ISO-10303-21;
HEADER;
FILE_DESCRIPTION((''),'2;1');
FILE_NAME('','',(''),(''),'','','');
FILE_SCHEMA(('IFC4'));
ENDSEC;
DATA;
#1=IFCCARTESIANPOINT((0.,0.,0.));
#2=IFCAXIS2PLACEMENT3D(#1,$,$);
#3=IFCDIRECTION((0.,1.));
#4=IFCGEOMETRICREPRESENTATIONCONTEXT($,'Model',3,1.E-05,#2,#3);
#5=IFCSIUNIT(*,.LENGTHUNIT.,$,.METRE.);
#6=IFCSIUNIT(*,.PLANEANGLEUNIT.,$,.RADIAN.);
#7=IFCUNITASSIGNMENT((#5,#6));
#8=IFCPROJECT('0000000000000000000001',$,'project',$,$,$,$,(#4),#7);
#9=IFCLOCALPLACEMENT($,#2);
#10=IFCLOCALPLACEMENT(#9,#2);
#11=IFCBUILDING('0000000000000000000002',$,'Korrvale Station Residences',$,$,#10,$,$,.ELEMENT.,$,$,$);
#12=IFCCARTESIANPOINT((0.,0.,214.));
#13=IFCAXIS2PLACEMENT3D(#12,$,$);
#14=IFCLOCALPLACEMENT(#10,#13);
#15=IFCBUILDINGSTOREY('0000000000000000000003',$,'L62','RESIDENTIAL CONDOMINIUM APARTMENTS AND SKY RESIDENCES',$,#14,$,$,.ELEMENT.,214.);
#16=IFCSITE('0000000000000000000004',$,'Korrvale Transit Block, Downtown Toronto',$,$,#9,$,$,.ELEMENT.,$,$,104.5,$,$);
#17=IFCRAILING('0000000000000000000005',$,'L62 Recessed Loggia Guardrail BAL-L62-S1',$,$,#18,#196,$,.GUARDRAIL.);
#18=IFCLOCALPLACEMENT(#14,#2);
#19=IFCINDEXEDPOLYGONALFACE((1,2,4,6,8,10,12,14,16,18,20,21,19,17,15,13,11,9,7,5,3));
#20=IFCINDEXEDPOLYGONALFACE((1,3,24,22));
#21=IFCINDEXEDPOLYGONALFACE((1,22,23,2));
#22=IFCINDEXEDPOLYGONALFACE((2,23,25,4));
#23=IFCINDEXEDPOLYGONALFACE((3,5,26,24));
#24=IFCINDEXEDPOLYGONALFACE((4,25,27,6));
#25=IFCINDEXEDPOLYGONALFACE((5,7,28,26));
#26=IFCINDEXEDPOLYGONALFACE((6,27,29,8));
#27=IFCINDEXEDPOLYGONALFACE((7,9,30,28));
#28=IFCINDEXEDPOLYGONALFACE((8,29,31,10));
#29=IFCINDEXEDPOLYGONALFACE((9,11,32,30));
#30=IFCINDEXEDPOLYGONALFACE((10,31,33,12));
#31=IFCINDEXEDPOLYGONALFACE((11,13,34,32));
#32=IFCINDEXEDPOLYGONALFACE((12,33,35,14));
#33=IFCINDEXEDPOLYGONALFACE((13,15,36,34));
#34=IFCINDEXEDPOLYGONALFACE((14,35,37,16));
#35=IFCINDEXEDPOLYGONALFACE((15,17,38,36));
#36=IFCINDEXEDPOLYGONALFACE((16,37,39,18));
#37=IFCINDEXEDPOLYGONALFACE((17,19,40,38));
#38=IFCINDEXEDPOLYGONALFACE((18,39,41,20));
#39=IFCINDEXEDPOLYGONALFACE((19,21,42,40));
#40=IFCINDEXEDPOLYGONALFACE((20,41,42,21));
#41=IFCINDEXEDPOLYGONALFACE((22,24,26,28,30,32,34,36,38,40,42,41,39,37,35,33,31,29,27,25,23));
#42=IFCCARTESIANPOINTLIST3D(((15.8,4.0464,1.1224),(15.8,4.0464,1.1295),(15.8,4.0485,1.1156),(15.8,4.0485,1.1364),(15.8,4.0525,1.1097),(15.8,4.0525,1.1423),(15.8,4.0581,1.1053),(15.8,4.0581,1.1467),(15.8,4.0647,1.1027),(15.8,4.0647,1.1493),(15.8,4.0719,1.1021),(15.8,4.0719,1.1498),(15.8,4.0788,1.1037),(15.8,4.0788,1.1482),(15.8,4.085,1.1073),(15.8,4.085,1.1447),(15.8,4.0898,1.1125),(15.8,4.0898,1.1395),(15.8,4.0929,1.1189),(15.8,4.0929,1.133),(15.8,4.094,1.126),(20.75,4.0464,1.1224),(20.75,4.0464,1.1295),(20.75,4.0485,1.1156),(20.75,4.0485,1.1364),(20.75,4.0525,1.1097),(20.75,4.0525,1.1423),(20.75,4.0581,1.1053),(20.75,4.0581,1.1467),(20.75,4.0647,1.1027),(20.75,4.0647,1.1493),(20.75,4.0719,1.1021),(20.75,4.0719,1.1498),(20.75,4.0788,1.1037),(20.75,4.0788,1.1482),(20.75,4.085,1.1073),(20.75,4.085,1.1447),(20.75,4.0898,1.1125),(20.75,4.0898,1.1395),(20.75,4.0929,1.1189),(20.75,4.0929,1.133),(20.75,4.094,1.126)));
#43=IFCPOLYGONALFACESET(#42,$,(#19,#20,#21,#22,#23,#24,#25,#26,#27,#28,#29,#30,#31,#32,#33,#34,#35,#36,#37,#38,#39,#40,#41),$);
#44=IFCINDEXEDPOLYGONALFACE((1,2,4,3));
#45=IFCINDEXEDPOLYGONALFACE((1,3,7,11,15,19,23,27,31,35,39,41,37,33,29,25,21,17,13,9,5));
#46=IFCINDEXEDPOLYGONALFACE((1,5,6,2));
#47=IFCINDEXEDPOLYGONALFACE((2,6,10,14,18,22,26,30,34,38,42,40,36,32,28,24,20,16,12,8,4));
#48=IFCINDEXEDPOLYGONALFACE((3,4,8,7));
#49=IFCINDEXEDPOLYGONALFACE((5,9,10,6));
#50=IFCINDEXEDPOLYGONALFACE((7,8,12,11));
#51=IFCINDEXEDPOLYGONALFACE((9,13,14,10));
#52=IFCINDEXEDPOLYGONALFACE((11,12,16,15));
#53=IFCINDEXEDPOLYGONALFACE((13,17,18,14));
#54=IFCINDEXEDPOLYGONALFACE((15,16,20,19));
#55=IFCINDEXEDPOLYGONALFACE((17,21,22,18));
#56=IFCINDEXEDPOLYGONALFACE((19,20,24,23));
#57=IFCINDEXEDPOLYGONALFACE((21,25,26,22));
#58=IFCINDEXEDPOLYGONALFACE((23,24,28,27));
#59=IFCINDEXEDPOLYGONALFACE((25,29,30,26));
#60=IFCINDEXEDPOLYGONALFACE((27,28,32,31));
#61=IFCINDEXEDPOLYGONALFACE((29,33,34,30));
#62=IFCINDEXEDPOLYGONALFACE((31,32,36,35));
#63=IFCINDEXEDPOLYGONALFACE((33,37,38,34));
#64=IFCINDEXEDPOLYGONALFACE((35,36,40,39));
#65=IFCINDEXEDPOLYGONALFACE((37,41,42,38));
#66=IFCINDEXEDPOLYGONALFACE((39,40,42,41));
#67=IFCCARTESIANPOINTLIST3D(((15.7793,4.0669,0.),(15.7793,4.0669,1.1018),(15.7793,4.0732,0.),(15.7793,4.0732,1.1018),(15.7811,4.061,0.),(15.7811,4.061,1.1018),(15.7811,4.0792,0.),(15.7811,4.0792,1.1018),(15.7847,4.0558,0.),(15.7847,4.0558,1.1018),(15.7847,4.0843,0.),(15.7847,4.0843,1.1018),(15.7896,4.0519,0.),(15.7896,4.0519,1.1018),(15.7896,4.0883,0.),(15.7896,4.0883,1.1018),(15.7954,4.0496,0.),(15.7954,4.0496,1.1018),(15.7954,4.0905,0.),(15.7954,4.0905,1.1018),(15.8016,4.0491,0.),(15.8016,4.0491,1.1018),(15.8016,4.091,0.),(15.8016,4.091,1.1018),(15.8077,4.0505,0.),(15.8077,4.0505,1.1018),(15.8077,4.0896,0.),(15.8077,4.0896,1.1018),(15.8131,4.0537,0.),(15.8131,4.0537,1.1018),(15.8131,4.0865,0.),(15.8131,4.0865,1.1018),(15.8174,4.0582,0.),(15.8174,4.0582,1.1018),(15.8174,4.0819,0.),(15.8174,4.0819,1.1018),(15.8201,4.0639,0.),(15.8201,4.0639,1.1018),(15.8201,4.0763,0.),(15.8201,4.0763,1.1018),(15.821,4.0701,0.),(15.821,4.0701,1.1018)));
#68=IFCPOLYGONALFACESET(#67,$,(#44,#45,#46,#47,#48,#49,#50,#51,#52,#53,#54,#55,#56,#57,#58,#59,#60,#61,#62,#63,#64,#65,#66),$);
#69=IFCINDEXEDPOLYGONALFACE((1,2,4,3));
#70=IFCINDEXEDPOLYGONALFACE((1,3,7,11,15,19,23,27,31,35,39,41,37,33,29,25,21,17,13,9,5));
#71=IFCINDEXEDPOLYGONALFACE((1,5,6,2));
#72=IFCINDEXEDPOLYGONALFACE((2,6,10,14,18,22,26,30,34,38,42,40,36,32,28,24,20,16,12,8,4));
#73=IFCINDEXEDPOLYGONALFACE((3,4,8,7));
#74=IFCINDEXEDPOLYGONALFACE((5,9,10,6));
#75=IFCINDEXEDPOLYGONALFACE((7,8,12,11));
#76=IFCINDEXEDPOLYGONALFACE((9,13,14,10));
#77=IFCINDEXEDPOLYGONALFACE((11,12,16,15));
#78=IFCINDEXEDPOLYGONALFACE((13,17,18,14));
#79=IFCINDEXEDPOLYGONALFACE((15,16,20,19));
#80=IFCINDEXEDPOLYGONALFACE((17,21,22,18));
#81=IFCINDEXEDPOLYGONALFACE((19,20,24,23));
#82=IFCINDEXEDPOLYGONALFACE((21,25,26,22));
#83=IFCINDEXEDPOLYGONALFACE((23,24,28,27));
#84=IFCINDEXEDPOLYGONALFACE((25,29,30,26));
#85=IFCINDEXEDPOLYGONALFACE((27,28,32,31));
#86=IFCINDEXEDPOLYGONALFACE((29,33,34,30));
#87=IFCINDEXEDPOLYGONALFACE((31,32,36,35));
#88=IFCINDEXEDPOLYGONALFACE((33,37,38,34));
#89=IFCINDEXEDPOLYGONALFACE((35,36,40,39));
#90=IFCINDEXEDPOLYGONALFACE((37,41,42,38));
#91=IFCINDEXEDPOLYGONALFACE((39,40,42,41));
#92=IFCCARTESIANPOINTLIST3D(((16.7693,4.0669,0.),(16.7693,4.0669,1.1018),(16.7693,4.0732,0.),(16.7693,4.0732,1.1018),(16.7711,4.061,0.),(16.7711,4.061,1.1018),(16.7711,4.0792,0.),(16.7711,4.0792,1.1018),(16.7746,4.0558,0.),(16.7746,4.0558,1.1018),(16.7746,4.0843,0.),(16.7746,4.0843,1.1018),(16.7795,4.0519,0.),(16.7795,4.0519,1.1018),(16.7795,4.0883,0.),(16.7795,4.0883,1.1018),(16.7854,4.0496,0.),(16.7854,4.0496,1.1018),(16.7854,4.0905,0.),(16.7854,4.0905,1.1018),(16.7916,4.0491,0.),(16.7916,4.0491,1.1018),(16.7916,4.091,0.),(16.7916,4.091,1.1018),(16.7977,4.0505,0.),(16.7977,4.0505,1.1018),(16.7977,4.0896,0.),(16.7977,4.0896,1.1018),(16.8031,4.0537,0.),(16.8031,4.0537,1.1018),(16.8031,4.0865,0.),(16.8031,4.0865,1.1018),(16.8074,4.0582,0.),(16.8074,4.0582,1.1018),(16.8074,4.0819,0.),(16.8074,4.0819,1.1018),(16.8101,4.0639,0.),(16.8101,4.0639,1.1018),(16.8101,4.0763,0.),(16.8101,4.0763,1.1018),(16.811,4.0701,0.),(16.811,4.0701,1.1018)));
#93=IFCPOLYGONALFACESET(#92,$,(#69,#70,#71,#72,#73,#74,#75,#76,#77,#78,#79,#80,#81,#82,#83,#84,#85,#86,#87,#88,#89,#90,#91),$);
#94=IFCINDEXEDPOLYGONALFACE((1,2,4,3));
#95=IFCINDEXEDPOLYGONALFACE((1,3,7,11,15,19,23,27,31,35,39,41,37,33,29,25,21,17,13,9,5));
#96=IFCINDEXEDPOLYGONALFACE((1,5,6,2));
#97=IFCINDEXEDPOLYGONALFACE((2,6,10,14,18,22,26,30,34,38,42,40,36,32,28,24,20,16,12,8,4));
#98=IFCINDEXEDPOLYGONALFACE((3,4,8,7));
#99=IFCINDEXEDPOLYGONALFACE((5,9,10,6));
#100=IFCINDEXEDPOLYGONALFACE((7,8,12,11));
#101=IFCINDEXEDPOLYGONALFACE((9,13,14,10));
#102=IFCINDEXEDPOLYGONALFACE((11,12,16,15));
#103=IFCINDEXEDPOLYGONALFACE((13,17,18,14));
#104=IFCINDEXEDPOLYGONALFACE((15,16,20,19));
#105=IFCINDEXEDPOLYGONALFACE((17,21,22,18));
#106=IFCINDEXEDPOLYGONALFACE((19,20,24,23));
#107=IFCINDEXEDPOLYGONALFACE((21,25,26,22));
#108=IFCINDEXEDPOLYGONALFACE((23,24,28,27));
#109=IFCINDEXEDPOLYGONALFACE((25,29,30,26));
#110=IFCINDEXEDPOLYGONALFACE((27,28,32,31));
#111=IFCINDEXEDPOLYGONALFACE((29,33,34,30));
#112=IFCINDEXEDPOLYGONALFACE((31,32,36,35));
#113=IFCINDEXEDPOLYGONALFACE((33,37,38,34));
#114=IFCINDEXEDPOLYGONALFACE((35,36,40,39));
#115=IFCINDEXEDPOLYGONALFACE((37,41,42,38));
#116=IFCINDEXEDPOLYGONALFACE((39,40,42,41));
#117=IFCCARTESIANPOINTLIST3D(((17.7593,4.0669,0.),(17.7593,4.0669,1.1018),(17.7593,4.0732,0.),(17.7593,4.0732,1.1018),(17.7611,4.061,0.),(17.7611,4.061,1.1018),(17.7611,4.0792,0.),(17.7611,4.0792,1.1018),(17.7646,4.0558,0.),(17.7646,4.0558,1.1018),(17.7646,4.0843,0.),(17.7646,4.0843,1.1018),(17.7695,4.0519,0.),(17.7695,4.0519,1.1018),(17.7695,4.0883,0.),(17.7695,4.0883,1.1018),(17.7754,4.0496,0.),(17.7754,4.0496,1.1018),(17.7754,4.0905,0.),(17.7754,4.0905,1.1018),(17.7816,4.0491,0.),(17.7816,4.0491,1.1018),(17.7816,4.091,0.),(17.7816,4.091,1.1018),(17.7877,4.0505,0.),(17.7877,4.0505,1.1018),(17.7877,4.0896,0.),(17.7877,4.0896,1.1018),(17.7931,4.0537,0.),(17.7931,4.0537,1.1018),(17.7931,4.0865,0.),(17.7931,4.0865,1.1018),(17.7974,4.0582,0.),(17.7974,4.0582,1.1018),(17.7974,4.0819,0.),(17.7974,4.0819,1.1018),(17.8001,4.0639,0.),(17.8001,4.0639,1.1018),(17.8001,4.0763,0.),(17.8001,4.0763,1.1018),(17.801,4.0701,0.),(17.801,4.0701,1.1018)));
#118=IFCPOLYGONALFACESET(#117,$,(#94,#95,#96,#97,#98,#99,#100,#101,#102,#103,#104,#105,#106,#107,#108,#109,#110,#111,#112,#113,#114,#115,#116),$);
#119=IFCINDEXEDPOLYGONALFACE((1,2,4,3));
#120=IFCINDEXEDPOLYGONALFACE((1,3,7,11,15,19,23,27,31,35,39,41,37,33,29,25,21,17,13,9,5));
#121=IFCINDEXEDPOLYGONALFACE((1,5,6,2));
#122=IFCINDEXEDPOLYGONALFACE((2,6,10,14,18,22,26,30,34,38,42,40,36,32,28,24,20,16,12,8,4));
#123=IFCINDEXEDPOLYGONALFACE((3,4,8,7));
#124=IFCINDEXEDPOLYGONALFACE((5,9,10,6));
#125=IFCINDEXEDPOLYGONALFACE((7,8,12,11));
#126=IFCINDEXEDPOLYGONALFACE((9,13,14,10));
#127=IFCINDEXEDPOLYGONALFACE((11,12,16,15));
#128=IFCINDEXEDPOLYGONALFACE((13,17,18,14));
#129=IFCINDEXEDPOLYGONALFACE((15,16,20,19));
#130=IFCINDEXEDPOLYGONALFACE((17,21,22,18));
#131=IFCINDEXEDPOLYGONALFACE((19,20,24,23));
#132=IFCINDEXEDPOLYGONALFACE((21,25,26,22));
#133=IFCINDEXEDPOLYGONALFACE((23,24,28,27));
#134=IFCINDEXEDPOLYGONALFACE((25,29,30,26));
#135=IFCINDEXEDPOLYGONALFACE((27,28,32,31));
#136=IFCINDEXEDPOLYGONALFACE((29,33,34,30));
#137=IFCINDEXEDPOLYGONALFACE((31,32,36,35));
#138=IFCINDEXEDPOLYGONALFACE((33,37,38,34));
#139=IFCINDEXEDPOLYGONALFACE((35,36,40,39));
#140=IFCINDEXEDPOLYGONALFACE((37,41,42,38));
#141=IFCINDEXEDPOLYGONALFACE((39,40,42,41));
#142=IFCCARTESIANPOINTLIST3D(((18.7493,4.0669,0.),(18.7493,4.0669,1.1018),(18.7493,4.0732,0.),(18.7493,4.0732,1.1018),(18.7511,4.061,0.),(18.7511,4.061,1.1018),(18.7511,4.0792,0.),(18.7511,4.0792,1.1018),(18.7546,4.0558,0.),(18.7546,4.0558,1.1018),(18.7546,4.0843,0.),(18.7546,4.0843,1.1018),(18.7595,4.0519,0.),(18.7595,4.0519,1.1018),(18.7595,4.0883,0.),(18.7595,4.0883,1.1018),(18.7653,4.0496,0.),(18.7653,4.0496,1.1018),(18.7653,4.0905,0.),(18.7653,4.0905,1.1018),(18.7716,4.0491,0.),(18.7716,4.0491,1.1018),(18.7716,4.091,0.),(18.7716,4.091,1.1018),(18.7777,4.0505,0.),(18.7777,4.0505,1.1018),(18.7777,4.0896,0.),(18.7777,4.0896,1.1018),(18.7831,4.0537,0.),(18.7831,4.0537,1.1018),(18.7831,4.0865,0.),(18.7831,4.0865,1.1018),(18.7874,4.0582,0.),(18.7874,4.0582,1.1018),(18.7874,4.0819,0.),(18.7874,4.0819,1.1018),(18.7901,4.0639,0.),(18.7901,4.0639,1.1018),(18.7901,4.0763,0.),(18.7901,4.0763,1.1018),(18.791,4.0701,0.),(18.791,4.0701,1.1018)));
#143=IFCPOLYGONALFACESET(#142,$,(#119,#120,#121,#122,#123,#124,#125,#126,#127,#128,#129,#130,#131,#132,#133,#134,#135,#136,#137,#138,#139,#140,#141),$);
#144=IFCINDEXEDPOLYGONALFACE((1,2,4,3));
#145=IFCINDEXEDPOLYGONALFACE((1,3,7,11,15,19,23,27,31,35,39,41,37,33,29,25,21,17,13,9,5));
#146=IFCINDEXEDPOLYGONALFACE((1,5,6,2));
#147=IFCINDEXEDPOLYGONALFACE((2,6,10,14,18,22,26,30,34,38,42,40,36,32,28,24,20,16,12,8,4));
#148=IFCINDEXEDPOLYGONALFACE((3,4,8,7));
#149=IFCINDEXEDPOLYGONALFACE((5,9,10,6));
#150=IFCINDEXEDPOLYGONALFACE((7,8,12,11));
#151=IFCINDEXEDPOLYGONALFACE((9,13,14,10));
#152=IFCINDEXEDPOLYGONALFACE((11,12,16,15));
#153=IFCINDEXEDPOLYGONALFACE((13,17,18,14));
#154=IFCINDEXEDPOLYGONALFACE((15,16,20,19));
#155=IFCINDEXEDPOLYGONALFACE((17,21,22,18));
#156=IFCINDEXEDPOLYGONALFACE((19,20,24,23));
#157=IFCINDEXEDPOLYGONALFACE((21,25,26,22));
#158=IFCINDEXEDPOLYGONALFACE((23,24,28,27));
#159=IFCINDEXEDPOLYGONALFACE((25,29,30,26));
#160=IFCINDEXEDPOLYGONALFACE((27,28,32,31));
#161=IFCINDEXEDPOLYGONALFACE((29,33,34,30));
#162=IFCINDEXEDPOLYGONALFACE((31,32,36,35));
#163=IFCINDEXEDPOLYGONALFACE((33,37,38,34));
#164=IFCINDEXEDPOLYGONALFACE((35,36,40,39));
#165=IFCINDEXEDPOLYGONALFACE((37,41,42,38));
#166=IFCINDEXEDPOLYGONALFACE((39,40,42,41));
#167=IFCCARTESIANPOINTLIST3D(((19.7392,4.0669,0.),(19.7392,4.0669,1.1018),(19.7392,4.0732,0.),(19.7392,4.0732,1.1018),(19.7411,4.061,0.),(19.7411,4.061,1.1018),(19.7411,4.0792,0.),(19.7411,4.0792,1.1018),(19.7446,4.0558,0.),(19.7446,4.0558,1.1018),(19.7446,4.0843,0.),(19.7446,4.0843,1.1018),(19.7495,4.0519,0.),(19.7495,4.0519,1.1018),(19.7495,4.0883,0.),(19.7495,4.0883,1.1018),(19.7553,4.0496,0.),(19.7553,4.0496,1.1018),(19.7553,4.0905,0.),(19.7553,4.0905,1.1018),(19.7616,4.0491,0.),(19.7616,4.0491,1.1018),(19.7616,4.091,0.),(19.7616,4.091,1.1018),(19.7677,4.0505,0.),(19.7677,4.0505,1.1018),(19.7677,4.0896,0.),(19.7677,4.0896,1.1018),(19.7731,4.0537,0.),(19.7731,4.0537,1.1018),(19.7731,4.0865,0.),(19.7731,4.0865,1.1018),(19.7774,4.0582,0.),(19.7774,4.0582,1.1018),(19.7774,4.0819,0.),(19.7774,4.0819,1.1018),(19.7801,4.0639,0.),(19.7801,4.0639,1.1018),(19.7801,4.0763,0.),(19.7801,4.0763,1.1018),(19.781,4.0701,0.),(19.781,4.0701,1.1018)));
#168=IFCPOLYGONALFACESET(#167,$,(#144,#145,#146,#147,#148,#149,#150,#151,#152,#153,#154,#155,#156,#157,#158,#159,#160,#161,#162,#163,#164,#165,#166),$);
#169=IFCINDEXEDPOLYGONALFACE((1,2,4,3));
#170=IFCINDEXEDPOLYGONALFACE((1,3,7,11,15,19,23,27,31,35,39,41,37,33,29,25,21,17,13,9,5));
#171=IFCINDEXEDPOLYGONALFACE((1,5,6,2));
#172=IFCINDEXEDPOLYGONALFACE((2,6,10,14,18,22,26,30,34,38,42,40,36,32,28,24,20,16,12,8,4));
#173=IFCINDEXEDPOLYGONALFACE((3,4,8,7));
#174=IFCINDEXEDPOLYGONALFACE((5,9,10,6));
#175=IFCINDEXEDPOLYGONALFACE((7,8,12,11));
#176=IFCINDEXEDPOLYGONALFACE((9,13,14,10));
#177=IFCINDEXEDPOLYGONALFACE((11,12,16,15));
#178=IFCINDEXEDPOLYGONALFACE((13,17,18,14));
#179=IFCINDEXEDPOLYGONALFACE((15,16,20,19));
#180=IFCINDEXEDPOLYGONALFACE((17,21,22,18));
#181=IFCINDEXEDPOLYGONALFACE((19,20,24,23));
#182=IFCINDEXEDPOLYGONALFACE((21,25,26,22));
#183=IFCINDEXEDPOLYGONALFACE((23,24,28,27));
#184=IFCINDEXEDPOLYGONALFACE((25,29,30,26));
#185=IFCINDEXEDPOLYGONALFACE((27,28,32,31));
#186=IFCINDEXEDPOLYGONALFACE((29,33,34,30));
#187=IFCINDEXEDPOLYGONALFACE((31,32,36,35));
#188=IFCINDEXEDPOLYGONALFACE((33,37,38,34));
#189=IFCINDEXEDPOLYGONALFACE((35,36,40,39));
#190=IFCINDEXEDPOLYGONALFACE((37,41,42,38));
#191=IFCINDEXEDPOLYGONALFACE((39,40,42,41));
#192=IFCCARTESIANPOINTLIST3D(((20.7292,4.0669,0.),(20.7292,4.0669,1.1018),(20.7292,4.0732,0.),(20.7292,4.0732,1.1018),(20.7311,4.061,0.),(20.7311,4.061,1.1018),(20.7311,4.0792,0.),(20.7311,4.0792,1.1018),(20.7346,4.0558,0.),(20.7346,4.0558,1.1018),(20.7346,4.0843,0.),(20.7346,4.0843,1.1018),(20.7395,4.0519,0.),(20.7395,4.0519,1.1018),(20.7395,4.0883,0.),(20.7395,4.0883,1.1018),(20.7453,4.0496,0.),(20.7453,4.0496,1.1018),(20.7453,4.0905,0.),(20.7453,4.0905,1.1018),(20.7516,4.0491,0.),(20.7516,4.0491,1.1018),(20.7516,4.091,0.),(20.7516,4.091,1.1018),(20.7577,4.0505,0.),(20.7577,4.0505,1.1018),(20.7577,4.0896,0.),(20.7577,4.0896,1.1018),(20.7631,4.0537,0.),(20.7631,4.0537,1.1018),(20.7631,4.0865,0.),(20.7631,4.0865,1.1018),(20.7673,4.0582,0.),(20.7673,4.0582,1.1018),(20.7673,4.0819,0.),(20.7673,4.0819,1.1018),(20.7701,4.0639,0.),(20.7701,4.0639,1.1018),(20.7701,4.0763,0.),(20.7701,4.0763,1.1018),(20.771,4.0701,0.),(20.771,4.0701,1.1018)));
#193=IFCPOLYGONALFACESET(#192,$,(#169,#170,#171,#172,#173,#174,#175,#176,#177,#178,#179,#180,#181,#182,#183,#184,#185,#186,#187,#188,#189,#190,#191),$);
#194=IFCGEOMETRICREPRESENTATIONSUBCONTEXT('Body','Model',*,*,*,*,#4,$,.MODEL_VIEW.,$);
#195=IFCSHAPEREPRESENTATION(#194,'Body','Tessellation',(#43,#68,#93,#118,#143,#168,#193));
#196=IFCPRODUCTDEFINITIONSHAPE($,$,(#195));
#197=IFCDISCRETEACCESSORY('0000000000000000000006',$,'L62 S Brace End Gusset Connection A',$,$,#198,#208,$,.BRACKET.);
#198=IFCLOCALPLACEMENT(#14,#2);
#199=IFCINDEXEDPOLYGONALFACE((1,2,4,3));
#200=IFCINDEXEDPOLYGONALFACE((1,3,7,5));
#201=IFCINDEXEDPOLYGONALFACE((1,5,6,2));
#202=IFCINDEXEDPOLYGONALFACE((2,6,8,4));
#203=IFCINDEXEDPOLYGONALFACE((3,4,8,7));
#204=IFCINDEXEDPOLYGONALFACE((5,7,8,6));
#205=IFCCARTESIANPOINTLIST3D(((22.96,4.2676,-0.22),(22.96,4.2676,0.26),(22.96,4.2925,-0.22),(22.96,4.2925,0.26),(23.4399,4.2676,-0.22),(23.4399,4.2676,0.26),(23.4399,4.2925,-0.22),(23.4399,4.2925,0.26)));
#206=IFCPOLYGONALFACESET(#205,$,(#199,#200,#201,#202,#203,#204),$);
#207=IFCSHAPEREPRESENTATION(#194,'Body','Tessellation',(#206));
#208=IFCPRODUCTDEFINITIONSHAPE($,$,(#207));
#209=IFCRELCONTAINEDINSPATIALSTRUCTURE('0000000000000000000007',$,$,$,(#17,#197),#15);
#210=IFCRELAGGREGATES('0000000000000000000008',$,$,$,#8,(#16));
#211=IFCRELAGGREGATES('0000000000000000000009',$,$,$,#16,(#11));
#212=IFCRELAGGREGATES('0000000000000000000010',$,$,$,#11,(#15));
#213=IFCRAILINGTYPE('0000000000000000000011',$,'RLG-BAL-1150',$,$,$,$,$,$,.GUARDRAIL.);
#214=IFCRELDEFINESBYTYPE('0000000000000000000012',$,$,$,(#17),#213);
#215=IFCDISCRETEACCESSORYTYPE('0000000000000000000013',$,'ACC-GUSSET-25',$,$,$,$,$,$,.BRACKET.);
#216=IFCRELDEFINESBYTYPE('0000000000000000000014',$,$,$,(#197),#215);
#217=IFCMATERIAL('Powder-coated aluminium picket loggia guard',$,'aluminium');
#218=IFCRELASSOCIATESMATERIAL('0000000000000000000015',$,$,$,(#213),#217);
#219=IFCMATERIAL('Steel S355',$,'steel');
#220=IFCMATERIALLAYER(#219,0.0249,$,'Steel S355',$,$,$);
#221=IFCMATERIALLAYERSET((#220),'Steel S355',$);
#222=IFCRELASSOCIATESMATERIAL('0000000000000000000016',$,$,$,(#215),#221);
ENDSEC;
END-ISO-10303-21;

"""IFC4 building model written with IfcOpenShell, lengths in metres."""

from ifc_helpers import new_model, si_unit, direction, frame, origin, origin_2d, place, context, subcontext, project, spatial, rectangle, circle, extrude, material, layer, layer_set, type_object, element, save


model = new_model("IFC4")

# Units and contexts
model_context = context("Model", 3, precision=1e-05, world=origin(), true_north=direction((0.0, 1.0)))
body_context = subcontext(model_context, "Body", "Model", "MODEL_VIEW")
ifc_project = project(units=[si_unit("LENGTHUNIT", "METRE"), si_unit("PLANEANGLEUNIT", "RADIAN")], contexts=[model_context])

# Site, building, storey
site_placement = place(None, origin())
site = spatial("IfcSite", under=ifc_project, at=site_placement, Name="Korrvale Transit Block, Downtown Toronto", CompositionType="ELEMENT", RefElevation=104.5)
building_placement = place(site_placement, origin())
building = spatial("IfcBuilding", under=site, at=building_placement, Name="Korrvale Station Residences", CompositionType="ELEMENT")
storey_placement = place(building_placement, frame((0.0, 0.0, 214.0)))
storey = spatial("IfcBuildingStorey", under=building, at=storey_placement, Name="L62", Description="RESIDENTIAL CONDOMINIUM APARTMENTS AND SKY RESIDENCES", CompositionType="ELEMENT", Elevation=214.0)

# Shared definitions
ifc_material_1 = material(Name="Steel S355", Category="steel")

# Railing
ifc_material_2 = material(Name="Powder-coated aluminium picket loggia guard", Category="aluminium")
railing_type = type_object("IfcRailingType", Name="RLG-BAL-1150", PredefinedType="GUARDRAIL", material=ifc_material_2)
railing_placement = place(storey_placement, frame((15.8, 4.0701, 0.0)))
element("IfcRailing", 1, at=railing_placement, inside=storey, type_object=railing_type, Name="L62 Recessed Loggia Guardrail BAL-L62-S1", PredefinedType="GUARDRAIL", context=body_context, shape_type="SweptSolid", body=[
    extrude(circle(Radius=0.0239, at=origin_2d()), frame((0.0, 0.0, 1.126), z_axis=(1.0, 0.0, 0.0), x_axis=(0.0, 1.0, 0.0)), (0.0, 0.0, 1.0), 4.95),
    extrude(circle(Radius=0.021, at=origin_2d()), origin(), (0.0, 0.0, 1.0), 1.1018),
    extrude(circle(Radius=0.021, at=origin_2d()), frame((0.99, 0.0, 0.0)), (0.0, 0.0, 1.0), 1.1018),
    extrude(circle(Radius=0.021, at=origin_2d()), frame((1.98, 0.0, 0.0)), (0.0, 0.0, 1.0), 1.1018),
    extrude(circle(Radius=0.021, at=origin_2d()), frame((2.97, 0.0, 0.0)), (0.0, 0.0, 1.0), 1.1018),
    extrude(circle(Radius=0.021, at=origin_2d()), frame((3.96, 0.0, 0.0)), (0.0, 0.0, 1.0), 1.1018),
    extrude(circle(Radius=0.021, at=origin_2d()), frame((4.95, 0.0, 0.0)), (0.0, 0.0, 1.0), 1.1018),
])

# Discrete accessory
ifc_layer_1 = layer(ifc_material_1, 0.0249, Name="Steel S355")
ifc_layer_set_1 = layer_set([ifc_layer_1], Name="Steel S355")
discrete_accessory_type = type_object("IfcDiscreteAccessoryType", Name="ACC-GUSSET-25", PredefinedType="BRACKET", material=ifc_layer_set_1)
discrete_accessory_placement = place(storey_placement, frame((23.2, 4.28, -0.22), z_axis=(0.0, 0.0, 1.0), x_axis=(1.0, 0.0, 0.0)))
element("IfcDiscreteAccessory", 2, at=discrete_accessory_placement, inside=storey, type_object=discrete_accessory_type, Name="L62 S Brace End Gusset Connection A", PredefinedType="BRACKET", context=body_context, shape_type="SweptSolid", body=[
    extrude(rectangle(XDim=0.48, YDim=0.0249, at=origin_2d()), origin(), (0.0, 0.0, 1.0), 0.48),
])

save(model, "model.ifc")
